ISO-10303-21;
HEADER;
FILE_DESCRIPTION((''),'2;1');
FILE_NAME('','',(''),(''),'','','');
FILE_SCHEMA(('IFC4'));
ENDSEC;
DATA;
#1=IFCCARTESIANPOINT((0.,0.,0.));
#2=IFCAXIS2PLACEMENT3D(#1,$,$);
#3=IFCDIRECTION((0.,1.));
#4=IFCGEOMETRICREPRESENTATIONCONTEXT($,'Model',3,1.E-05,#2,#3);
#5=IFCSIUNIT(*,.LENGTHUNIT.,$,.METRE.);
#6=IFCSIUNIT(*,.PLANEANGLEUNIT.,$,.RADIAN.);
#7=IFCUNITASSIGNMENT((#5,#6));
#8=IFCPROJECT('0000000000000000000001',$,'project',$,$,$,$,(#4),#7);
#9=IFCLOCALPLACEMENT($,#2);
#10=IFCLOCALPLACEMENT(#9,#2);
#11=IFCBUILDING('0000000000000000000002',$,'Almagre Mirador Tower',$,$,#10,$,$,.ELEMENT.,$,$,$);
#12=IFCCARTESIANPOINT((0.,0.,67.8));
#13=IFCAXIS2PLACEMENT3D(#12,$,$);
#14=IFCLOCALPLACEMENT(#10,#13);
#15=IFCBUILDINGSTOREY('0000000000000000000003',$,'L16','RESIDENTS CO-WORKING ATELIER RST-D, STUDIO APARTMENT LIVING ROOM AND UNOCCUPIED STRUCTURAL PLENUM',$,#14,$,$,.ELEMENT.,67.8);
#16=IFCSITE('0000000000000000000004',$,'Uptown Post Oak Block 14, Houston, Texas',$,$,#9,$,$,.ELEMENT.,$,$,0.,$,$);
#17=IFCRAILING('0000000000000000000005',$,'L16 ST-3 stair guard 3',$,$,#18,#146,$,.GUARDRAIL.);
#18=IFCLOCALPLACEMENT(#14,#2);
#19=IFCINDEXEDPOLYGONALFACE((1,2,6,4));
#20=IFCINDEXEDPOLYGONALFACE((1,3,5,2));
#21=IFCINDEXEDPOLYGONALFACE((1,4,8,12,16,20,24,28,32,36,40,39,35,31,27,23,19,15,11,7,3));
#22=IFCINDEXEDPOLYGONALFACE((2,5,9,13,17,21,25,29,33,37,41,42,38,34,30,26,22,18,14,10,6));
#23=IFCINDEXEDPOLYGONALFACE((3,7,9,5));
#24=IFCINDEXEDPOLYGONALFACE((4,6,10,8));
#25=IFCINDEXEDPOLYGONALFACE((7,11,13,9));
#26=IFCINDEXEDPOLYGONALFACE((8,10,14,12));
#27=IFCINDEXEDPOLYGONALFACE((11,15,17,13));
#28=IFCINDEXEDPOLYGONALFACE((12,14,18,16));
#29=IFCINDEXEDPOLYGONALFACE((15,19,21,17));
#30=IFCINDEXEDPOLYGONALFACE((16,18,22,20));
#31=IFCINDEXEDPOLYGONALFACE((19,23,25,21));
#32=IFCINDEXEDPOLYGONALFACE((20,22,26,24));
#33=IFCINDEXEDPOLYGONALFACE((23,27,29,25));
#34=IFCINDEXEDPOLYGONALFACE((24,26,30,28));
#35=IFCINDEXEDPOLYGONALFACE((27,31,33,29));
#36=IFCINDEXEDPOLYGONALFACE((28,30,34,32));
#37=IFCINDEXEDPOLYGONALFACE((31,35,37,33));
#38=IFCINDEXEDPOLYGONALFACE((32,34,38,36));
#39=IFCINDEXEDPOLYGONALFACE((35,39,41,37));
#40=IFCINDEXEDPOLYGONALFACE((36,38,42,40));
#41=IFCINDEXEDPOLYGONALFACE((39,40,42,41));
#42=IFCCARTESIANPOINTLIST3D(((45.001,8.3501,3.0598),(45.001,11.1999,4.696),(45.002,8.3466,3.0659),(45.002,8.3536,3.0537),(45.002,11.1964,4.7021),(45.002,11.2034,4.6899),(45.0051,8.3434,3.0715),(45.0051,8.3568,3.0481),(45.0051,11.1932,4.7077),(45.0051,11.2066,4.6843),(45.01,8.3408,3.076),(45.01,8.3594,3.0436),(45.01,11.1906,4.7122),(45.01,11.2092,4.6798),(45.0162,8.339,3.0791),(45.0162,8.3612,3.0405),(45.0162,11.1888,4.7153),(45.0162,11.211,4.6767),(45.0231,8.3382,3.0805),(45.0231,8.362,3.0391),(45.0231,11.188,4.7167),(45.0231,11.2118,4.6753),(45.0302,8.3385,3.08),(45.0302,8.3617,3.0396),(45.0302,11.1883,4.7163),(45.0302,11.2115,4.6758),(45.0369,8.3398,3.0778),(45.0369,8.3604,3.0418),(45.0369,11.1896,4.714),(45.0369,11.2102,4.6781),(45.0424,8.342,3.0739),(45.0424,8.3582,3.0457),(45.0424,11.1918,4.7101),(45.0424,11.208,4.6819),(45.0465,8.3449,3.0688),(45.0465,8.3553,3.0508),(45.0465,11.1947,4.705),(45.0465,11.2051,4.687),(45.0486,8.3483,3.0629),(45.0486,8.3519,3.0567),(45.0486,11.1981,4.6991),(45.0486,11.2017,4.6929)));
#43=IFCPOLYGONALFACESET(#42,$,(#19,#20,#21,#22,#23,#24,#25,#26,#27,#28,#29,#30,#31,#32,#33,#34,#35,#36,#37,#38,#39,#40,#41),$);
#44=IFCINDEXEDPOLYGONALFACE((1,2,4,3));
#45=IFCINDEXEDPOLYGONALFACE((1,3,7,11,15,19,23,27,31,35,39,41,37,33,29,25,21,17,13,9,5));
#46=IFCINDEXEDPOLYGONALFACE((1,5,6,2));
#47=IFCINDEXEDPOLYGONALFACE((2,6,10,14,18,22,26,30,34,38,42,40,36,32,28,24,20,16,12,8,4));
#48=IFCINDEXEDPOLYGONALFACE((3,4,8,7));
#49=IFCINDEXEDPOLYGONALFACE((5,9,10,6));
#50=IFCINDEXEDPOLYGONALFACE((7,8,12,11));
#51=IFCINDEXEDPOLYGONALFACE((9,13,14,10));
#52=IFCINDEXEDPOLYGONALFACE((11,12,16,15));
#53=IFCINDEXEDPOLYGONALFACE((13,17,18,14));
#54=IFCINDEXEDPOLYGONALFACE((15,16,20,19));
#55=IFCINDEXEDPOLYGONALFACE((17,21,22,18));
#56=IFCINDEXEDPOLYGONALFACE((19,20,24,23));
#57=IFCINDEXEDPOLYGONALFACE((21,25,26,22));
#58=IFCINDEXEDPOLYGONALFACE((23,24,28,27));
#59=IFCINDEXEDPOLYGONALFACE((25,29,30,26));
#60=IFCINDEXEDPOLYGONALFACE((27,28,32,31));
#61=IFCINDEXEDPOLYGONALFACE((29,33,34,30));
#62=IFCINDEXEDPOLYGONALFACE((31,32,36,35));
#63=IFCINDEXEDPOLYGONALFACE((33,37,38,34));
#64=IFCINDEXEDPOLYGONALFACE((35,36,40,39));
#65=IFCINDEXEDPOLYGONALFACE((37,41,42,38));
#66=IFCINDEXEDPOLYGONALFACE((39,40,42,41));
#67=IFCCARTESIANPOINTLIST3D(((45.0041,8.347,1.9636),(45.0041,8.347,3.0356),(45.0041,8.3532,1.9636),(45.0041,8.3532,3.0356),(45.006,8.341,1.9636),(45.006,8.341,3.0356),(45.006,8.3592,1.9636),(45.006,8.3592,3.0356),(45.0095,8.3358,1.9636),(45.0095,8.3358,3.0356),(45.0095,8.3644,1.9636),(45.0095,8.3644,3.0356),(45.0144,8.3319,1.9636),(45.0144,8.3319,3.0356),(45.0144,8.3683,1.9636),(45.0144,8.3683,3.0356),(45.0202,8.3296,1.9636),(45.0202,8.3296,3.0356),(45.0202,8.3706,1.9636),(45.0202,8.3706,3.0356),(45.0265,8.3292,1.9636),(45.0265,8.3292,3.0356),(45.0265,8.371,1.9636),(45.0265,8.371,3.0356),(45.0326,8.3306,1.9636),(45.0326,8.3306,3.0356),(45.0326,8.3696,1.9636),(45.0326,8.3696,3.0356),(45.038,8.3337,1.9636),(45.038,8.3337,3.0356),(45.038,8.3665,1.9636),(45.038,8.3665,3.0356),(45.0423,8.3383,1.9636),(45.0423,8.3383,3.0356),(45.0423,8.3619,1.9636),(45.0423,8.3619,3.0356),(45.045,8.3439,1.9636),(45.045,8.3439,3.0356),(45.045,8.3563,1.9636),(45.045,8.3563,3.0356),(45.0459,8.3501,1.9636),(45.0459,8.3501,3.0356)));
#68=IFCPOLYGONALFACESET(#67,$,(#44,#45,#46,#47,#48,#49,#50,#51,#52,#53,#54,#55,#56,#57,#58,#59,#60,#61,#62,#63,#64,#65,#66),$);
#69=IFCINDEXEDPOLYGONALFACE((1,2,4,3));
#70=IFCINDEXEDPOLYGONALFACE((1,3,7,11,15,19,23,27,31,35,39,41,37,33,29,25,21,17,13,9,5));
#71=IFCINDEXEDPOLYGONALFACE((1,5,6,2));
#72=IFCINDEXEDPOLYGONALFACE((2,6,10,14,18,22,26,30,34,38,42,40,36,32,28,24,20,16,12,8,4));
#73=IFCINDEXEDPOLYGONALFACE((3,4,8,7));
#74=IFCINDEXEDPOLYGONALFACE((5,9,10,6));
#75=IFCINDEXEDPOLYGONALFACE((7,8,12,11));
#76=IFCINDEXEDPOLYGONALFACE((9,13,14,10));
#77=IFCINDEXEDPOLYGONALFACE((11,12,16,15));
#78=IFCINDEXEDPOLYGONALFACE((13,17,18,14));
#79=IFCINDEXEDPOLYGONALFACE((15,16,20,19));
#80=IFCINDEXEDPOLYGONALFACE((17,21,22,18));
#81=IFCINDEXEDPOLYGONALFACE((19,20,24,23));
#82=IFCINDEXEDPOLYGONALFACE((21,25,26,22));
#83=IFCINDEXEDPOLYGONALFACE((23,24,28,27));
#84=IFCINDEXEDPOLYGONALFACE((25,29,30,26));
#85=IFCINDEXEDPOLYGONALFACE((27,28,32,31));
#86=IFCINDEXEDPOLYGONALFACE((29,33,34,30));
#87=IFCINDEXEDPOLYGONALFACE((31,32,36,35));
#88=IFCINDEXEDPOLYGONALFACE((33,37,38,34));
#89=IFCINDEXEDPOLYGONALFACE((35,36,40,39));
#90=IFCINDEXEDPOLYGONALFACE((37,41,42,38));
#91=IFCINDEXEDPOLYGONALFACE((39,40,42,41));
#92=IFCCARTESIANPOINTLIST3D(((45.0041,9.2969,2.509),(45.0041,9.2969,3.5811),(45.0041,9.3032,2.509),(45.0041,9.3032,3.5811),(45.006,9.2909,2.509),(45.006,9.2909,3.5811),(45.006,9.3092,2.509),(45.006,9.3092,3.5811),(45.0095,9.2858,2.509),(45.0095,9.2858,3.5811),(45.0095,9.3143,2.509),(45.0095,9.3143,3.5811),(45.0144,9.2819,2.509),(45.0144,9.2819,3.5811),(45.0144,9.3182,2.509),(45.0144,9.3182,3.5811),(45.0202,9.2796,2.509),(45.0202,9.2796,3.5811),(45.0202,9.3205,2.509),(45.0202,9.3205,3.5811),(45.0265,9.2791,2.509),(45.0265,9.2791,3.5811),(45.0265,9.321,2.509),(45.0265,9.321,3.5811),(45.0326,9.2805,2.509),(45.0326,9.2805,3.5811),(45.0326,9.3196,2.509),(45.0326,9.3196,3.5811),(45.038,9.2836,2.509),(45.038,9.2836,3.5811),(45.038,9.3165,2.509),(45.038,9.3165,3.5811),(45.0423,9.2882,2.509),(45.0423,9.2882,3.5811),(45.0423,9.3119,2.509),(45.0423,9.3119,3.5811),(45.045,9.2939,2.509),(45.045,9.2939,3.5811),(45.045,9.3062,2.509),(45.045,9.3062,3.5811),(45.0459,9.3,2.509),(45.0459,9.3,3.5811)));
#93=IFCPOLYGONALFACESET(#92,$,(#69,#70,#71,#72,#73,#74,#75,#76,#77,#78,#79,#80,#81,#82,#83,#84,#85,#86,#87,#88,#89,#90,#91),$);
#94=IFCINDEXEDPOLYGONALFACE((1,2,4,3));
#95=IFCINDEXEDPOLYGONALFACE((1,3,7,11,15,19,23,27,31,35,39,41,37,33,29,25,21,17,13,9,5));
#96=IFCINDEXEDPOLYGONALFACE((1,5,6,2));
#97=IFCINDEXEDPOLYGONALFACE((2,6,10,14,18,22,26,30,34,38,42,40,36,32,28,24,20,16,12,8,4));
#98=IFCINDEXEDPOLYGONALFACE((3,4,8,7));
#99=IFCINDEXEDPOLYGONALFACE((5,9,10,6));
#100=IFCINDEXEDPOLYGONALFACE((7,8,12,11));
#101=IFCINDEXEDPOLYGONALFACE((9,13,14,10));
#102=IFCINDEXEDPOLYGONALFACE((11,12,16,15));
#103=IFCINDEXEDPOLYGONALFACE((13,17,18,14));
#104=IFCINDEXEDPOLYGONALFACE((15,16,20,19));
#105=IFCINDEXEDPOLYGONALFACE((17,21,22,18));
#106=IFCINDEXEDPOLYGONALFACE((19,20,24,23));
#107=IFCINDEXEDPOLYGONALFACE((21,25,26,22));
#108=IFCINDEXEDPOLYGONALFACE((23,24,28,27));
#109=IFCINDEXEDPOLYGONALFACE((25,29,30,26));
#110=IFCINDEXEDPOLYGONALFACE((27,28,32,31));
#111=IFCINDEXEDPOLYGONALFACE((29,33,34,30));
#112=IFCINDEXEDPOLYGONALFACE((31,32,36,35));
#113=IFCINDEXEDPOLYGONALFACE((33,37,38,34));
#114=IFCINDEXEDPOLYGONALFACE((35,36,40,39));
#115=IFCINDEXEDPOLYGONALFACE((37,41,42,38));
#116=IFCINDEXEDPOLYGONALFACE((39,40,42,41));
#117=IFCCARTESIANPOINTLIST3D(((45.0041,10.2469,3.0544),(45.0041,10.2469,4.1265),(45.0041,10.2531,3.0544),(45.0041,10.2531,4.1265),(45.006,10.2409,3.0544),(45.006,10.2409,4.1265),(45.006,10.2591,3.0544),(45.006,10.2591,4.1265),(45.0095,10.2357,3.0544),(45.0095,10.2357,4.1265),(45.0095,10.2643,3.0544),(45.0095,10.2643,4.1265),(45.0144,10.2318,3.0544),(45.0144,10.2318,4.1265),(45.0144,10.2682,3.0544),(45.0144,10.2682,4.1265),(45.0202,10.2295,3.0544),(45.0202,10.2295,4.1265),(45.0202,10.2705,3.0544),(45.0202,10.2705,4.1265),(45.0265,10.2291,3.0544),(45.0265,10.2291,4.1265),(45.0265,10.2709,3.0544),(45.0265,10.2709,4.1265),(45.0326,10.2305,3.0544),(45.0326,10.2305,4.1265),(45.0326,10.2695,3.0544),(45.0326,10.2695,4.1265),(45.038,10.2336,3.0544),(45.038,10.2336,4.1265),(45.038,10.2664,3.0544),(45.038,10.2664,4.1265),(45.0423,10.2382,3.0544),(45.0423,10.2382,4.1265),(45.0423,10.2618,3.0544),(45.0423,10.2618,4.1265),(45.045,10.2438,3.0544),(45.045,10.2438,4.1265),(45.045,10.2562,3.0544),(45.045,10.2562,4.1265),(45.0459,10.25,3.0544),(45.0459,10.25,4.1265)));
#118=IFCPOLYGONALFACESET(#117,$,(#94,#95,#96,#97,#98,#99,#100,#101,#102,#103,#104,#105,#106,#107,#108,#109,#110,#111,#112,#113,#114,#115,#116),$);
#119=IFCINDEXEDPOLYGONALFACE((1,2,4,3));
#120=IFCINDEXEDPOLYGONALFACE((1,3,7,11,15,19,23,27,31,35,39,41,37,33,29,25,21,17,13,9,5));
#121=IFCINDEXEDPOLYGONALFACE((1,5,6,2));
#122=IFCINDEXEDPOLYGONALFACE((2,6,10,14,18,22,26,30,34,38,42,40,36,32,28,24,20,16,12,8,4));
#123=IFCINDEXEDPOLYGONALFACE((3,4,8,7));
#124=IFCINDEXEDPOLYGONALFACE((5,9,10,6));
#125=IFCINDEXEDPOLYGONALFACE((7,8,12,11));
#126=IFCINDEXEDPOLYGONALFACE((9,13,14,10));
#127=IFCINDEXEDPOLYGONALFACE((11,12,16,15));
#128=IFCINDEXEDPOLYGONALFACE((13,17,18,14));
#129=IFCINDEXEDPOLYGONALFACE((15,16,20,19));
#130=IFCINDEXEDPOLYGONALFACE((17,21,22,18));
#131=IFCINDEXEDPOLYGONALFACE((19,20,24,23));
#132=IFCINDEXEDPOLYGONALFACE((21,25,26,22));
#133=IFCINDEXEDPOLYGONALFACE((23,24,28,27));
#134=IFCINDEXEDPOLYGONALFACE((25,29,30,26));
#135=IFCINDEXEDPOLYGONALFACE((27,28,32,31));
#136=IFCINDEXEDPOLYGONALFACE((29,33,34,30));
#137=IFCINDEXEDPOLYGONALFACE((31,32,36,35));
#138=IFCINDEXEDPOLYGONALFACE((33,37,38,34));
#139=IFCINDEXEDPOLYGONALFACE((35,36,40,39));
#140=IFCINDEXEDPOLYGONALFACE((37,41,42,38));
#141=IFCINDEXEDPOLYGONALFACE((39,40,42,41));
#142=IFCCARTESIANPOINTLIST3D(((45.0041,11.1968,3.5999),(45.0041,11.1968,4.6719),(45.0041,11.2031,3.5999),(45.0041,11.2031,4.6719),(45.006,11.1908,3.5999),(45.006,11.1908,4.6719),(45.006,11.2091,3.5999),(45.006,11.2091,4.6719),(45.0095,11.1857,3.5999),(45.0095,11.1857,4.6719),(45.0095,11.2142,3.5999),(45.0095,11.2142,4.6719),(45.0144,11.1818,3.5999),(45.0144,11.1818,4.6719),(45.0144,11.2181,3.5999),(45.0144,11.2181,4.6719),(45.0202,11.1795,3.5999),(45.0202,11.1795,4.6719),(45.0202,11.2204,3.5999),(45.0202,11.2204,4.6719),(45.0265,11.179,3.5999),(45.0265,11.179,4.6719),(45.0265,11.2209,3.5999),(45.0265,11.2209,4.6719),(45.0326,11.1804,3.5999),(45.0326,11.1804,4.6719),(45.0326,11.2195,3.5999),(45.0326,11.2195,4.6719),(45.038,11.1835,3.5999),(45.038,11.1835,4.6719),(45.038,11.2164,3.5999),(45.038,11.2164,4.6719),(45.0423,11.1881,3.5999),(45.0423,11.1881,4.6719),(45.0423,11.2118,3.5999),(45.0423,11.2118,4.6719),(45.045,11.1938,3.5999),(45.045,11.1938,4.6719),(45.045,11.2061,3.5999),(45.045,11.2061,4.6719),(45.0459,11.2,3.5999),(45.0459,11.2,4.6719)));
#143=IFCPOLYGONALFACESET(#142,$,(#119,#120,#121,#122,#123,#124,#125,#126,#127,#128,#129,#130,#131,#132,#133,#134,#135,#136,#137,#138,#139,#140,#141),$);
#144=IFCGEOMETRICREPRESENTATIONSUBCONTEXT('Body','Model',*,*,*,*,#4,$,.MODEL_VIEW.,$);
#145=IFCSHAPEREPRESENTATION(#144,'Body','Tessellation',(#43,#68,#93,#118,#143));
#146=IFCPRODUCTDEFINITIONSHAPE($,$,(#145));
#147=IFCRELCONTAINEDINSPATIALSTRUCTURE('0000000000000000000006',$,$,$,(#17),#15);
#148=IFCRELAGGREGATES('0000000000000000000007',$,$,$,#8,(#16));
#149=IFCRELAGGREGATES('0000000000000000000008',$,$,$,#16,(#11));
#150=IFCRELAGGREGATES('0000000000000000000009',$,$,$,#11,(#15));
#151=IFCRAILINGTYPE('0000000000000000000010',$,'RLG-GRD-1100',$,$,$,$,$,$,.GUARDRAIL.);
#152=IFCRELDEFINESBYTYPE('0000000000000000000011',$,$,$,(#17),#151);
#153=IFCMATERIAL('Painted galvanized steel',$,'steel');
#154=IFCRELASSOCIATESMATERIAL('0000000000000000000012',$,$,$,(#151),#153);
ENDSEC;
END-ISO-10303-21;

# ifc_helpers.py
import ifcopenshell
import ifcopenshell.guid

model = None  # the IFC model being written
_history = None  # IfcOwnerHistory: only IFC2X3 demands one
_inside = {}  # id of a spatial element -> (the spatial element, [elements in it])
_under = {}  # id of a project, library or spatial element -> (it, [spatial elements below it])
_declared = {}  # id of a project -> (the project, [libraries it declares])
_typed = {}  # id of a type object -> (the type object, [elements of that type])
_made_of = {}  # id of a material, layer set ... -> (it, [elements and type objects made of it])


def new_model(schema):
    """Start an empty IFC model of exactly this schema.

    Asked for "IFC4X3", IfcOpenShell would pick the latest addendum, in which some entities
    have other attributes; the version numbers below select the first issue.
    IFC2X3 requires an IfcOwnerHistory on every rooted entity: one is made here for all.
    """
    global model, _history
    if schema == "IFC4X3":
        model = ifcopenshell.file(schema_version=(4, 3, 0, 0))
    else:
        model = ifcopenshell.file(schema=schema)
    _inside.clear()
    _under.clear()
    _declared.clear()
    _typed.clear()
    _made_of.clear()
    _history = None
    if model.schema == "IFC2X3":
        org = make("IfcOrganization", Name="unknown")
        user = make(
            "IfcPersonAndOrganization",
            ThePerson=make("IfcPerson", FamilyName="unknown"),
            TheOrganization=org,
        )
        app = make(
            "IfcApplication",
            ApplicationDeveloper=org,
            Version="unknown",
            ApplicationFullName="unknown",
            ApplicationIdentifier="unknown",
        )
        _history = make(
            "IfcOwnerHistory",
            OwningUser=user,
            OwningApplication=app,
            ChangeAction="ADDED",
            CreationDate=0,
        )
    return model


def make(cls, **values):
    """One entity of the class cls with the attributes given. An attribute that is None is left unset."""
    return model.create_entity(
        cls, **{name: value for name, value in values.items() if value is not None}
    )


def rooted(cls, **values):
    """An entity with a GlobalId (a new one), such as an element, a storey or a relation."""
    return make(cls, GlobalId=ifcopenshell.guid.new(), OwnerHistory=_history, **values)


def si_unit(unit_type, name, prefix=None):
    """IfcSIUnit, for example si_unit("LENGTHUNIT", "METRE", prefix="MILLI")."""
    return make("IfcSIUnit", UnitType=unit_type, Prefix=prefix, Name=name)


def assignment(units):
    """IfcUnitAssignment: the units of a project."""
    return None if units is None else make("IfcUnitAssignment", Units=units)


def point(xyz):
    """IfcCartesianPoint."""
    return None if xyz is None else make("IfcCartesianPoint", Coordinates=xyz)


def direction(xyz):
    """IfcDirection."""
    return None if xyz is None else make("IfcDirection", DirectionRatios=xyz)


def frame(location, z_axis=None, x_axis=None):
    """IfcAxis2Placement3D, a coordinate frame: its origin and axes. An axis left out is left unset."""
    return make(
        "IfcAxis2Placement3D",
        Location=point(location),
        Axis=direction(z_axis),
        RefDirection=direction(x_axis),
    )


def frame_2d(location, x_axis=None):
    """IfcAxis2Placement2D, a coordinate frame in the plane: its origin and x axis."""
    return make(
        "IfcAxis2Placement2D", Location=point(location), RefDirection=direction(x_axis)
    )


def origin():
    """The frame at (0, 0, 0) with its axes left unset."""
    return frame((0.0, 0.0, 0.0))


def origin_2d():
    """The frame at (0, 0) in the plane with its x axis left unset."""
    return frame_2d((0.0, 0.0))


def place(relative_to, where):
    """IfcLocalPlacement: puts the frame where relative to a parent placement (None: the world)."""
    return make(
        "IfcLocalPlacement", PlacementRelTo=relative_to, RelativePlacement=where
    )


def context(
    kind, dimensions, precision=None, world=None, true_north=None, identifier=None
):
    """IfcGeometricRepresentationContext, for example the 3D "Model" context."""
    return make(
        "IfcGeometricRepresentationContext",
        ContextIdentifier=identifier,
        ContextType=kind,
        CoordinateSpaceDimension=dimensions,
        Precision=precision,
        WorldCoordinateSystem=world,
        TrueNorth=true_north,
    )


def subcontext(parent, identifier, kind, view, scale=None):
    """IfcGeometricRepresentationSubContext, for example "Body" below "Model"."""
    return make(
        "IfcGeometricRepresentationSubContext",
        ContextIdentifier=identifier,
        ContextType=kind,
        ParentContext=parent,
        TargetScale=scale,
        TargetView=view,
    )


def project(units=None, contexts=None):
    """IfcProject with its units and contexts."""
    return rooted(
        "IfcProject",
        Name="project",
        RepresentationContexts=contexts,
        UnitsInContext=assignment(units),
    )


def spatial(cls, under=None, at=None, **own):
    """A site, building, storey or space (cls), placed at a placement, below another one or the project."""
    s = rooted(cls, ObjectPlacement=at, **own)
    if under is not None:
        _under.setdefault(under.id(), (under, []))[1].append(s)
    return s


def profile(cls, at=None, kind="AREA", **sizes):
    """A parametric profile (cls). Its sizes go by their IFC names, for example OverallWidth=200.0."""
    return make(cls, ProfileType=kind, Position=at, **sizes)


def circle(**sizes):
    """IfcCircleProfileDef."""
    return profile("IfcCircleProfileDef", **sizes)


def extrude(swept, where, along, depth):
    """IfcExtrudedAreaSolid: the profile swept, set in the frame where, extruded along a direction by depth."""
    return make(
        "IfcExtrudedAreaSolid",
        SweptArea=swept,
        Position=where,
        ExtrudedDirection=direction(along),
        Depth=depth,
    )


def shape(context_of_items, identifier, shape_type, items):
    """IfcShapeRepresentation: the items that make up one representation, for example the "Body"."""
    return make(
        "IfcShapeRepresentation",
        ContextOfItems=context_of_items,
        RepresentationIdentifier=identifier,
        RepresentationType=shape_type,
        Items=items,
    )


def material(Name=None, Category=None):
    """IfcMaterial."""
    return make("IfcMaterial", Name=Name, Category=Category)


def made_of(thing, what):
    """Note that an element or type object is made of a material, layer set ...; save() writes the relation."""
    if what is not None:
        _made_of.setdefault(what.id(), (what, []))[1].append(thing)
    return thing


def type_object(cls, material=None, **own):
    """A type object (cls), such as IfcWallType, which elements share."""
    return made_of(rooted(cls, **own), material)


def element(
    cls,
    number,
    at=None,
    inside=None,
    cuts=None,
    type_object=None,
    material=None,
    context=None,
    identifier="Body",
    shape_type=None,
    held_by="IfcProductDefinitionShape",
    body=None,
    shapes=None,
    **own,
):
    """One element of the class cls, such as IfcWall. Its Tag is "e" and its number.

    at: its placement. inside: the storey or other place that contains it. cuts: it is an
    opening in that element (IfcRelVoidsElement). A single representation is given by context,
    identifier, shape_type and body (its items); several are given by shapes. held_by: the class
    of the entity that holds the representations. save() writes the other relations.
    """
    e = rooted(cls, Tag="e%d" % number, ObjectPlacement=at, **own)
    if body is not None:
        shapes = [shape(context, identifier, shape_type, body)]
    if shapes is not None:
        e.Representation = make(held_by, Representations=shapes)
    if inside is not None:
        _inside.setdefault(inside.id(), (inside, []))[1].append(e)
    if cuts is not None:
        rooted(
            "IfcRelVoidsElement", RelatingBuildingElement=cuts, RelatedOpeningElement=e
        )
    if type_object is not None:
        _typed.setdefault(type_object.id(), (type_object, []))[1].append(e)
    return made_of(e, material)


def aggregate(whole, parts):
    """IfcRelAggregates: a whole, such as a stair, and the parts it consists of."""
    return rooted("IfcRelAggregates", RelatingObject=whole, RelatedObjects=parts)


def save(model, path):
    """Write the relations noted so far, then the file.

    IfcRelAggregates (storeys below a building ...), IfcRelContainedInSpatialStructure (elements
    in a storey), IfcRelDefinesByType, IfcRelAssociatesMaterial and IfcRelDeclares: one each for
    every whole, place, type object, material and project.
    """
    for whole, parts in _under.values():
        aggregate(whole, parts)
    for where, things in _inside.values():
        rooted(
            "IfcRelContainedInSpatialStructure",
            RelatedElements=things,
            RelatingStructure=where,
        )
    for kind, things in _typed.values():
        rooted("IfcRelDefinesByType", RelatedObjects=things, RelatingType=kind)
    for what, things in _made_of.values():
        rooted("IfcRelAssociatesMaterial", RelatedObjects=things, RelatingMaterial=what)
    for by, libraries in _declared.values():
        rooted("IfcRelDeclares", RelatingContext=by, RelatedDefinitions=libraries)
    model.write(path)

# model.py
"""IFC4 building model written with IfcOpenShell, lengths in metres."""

from ifc_helpers import new_model, si_unit, direction, frame, origin, origin_2d, place, context, subcontext, project, spatial, circle, extrude, material, type_object, element, save


model = new_model("IFC4")

# Units and contexts
model_context = context("Model", 3, precision=1e-05, world=origin(), true_north=direction((0.0, 1.0)))
body_context = subcontext(model_context, "Body", "Model", "MODEL_VIEW")
ifc_project = project(units=[si_unit("LENGTHUNIT", "METRE"), si_unit("PLANEANGLEUNIT", "RADIAN")], contexts=[model_context])

# Site, building, storey
site_placement = place(None, origin())
site = spatial("IfcSite", under=ifc_project, at=site_placement, Name="Uptown Post Oak Block 14, Houston, Texas", CompositionType="ELEMENT", RefElevation=0.0)
building_placement = place(site_placement, origin())
building = spatial("IfcBuilding", under=site, at=building_placement, Name="Almagre Mirador Tower", CompositionType="ELEMENT")
storey_placement = place(building_placement, frame((0.0, 0.0, 67.8)))
storey = spatial("IfcBuildingStorey", under=building, at=storey_placement, Name="L16", Description="RESIDENTS CO-WORKING ATELIER RST-D, STUDIO APARTMENT LIVING ROOM AND UNOCCUPIED STRUCTURAL PLENUM", CompositionType="ELEMENT", Elevation=67.8)

# Railing
ifc_material_1 = material(Name="Painted galvanized steel", Category="steel")
railing_type_1 = type_object("IfcRailingType", Name="RLG-GRD-1100", PredefinedType="GUARDRAIL", material=ifc_material_1)
railing_1_placement = place(storey_placement, frame((45.0249, 8.3501, 1.9636)))
element("IfcRailing", 1, at=railing_1_placement, inside=storey, type_object=railing_type_1, Name="L16 ST-3 stair guard 3", PredefinedType="GUARDRAIL", context=body_context, shape_type="SweptSolid", body=[
    extrude(circle(Radius=0.0239, at=origin_2d()), frame((0.0, 0.0, 1.0962), z_axis=(0.0, 0.867226, 0.497914), x_axis=(-1.0, 0.0, 0.0)), (0.0, 0.0, 1.0), 3.2861),
    extrude(circle(Radius=0.021, at=origin_2d()), origin(), (0.0, 0.0, 1.0), 1.072),
    extrude(circle(Radius=0.021, at=origin_2d()), frame((0.0, 0.95, 0.5454)), (0.0, 0.0, 1.0), 1.072),
    extrude(circle(Radius=0.021, at=origin_2d()), frame((0.0, 1.8999, 1.0908)), (0.0, 0.0, 1.0), 1.072),
    extrude(circle(Radius=0.021, at=origin_2d()), frame((0.0, 2.8499, 1.6362)), (0.0, 0.0, 1.0), 1.072),
])

save(model, "model.ifc")
